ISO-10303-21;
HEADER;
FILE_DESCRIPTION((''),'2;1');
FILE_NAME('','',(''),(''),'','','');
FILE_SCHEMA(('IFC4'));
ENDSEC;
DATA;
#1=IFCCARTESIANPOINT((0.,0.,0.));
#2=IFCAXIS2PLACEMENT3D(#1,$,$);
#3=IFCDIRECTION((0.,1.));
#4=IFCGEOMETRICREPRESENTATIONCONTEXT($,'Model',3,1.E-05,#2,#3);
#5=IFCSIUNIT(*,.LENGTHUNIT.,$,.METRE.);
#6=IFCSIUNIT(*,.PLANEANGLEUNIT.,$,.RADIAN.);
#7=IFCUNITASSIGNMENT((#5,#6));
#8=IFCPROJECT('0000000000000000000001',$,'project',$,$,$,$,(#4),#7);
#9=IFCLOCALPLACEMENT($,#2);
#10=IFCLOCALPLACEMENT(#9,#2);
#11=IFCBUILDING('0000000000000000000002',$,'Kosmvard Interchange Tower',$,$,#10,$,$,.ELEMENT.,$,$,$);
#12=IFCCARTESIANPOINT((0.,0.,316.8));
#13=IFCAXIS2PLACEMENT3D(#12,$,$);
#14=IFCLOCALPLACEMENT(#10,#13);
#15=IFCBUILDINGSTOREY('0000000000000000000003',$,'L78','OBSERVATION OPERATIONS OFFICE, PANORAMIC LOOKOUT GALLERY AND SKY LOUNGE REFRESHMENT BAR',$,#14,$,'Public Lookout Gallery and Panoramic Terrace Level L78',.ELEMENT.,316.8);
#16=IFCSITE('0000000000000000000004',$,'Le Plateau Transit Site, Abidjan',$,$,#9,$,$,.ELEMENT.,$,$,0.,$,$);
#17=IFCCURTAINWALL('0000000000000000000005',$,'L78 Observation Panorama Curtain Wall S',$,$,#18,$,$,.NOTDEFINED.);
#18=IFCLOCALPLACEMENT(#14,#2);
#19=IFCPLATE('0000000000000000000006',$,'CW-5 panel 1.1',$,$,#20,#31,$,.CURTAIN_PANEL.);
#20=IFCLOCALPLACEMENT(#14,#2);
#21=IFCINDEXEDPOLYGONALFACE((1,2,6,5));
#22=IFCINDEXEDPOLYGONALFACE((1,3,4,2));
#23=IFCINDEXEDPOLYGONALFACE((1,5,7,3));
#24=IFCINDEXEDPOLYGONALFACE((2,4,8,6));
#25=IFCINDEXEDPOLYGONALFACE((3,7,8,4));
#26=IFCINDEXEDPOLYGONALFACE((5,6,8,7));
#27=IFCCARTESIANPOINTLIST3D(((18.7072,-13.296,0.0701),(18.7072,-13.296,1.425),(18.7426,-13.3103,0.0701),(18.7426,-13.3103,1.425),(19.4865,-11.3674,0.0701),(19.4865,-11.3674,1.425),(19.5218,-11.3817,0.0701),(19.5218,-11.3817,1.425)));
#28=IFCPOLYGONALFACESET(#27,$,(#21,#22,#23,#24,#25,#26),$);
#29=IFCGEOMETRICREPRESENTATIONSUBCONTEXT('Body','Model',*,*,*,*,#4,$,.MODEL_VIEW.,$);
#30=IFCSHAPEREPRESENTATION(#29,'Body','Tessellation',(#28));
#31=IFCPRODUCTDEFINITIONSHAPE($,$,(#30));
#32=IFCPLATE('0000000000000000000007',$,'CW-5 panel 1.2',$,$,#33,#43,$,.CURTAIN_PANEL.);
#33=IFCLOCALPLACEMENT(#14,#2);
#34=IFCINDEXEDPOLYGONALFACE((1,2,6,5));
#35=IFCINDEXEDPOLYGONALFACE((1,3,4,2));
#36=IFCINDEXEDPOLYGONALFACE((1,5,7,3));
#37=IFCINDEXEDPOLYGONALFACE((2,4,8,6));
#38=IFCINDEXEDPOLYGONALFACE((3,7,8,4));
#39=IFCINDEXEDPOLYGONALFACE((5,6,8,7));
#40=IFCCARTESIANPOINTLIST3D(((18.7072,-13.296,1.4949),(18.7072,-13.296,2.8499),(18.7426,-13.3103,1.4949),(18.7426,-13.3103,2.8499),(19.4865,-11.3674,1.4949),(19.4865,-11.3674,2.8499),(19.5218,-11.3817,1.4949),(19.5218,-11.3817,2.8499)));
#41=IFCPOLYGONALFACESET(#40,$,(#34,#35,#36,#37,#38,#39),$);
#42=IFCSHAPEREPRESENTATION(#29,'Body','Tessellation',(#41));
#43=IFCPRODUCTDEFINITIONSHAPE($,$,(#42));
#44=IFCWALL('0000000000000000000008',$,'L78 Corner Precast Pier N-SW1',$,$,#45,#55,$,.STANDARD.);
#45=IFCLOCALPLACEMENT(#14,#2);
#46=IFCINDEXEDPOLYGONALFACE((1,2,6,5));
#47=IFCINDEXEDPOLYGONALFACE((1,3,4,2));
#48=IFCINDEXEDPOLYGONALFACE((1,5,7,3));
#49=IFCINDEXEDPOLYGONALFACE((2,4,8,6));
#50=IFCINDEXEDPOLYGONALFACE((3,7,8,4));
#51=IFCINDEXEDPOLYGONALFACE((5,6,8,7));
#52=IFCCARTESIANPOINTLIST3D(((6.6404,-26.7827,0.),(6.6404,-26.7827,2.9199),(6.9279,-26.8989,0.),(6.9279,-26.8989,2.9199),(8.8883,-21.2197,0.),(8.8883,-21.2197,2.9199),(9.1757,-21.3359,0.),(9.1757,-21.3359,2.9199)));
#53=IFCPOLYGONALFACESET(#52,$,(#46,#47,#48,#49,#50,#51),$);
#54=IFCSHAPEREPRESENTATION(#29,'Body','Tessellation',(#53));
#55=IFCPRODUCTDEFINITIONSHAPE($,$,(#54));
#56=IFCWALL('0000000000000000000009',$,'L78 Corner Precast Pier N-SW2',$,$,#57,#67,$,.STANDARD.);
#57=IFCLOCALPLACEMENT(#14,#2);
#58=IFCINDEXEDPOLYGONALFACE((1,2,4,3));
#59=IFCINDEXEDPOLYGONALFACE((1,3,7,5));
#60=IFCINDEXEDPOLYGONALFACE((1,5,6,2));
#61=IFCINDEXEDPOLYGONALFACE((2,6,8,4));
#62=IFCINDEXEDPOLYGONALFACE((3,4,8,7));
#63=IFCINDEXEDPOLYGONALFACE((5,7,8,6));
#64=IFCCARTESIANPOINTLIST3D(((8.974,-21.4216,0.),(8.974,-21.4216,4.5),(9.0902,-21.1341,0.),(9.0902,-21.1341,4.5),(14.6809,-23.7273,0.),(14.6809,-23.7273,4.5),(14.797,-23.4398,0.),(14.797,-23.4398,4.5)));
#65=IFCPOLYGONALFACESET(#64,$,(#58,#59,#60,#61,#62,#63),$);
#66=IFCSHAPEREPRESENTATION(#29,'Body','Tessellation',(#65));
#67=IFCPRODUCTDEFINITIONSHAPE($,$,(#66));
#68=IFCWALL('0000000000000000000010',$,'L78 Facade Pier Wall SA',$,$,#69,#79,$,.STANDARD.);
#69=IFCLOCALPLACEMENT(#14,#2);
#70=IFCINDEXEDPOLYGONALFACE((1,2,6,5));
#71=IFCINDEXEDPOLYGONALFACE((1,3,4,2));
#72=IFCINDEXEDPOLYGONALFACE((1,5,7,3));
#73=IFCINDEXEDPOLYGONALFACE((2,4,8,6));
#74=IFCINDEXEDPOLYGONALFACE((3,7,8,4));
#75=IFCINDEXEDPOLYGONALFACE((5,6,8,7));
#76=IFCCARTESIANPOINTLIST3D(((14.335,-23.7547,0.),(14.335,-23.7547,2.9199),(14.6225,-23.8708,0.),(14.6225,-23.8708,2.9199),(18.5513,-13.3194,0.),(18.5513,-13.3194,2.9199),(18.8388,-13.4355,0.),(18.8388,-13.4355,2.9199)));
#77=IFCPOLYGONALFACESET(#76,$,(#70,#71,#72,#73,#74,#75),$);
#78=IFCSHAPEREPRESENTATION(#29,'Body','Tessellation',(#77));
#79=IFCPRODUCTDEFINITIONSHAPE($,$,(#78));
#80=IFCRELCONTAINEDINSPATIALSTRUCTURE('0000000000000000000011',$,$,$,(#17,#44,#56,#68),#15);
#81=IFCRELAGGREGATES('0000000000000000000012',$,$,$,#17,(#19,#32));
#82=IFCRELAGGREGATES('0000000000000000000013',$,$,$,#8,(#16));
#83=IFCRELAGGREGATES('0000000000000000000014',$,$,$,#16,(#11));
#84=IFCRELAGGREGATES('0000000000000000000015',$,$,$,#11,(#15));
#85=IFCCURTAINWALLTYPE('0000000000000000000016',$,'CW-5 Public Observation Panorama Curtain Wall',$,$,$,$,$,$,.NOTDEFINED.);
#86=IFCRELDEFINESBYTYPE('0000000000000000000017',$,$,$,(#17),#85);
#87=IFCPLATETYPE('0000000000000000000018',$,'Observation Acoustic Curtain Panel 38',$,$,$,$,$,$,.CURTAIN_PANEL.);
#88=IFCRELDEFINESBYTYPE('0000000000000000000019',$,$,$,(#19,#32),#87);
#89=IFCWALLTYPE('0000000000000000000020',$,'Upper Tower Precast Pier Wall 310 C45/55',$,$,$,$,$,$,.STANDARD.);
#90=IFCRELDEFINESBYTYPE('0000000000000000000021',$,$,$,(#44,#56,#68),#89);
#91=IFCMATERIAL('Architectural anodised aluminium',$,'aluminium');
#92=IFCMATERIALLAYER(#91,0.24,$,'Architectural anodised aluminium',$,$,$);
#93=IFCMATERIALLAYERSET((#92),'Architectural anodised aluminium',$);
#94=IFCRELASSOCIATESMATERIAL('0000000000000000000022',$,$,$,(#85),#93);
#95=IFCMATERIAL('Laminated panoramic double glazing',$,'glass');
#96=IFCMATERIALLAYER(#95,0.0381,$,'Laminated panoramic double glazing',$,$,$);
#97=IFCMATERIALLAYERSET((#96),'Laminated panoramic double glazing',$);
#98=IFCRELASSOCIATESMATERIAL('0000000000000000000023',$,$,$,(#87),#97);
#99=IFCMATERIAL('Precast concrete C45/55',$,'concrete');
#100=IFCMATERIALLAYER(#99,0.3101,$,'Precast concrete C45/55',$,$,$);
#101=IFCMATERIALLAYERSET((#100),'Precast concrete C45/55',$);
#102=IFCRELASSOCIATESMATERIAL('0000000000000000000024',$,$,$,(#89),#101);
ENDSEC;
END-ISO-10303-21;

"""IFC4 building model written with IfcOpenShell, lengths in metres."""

from ifc_helpers import new_model, si_unit, direction, frame, frame_2d, origin, origin_2d, place, context, subcontext, project, spatial, rectangle, extrude, source, transform, mapped, material, layer, layer_set, type_object, element, aggregate, save


model = new_model("IFC4")

# Units and contexts
model_context = context("Model", 3, precision=1e-05, world=origin(), true_north=direction((0.0, 1.0)))
body_context = subcontext(model_context, "Body", "Model", "MODEL_VIEW")
ifc_project = project(units=[si_unit("LENGTHUNIT", "METRE"), si_unit("PLANEANGLEUNIT", "RADIAN")], contexts=[model_context])

# Site, building, storey
site_placement = place(None, origin())
site = spatial("IfcSite", under=ifc_project, at=site_placement, Name="Le Plateau Transit Site, Abidjan", CompositionType="ELEMENT", RefElevation=0.0)
building_placement = place(site_placement, origin())
building = spatial("IfcBuilding", under=site, at=building_placement, Name="Kosmvard Interchange Tower", CompositionType="ELEMENT")
storey_placement = place(building_placement, frame((0.0, 0.0, 316.8)))
storey = spatial("IfcBuildingStorey", under=building, at=storey_placement, Name="L78", Description="OBSERVATION OPERATIONS OFFICE, PANORAMIC LOOKOUT GALLERY AND SKY LOUNGE REFRESHMENT BAR", LongName="Public Lookout Gallery and Panoramic Terrace Level L78", CompositionType="ELEMENT", Elevation=316.8)

# Shared definitions
ifc_material_1 = material(Name="Precast concrete C45/55", Category="concrete")

# Curtain wall, plates
ifc_material_2 = material(Name="Architectural anodised aluminium", Category="aluminium")
ifc_layer_1 = layer(ifc_material_2, 0.24, Name="Architectural anodised aluminium")
ifc_layer_set_1 = layer_set([ifc_layer_1], Name="Architectural anodised aluminium")
curtain_wall_type = type_object("IfcCurtainWallType", Name="CW-5 Public Observation Panorama Curtain Wall", PredefinedType="NOTDEFINED", material=ifc_layer_set_1)
curtain_wall_placement = place(storey_placement, origin())
curtain_wall = element("IfcCurtainWall", 1, at=curtain_wall_placement, inside=storey, type_object=curtain_wall_type, Name="L78 Observation Panorama Curtain Wall S", PredefinedType="NOTDEFINED")
ifc_material_3 = material(Name="Laminated panoramic double glazing", Category="glass")
ifc_layer_2 = layer(ifc_material_3, 0.0381, Name="Laminated panoramic double glazing")
ifc_layer_set_2 = layer_set([ifc_layer_2], Name="Laminated panoramic double glazing")
plate_type = type_object("IfcPlateType", Name="Observation Acoustic Curtain Panel 38", PredefinedType="CURTAIN_PANEL", material=ifc_layer_set_2)
shared_shape_1 = source(origin(), body_context, "Body", "SweptSolid", [
    extrude(rectangle(XDim=2.0801, YDim=0.0381, at=origin_2d()), origin(), (0.0, 0.0, 1.0), 1.355),
])
plate_1_placement = place(storey_placement, frame((19.1145, -12.3389, 0.0701), z_axis=(0.0, 0.0, 1.0), x_axis=(0.374607, 0.927184, 0.0)))
plate_1 = element("IfcPlate", 2, at=plate_1_placement, type_object=plate_type, Name="CW-5 panel 1.1", PredefinedType="CURTAIN_PANEL", context=body_context, shape_type="MappedRepresentation", body=[
    mapped(shared_shape_1, transform((0.0, 0.0, 0.0), scale=1.0)),
])
plate_2_placement = place(storey_placement, frame((19.1145, -12.3389, 1.4949), z_axis=(0.0, 0.0, 1.0), x_axis=(0.374607, 0.927184, 0.0)))
plate_2 = element("IfcPlate", 3, at=plate_2_placement, type_object=plate_type, Name="CW-5 panel 1.2", PredefinedType="CURTAIN_PANEL", context=body_context, shape_type="MappedRepresentation", body=[
    mapped(shared_shape_1, transform((0.0, 0.0, 0.0), scale=1.0)),
])
aggregate(curtain_wall, [plate_1, plate_2])

# Walls
ifc_layer_3 = layer(ifc_material_1, 0.3101, Name="Precast concrete C45/55")
ifc_layer_set_3 = layer_set([ifc_layer_3], Name="Precast concrete C45/55")
wall_type = type_object("IfcWallType", Name="Upper Tower Precast Pier Wall 310 C45/55", PredefinedType="STANDARD", material=ifc_layer_set_3)
wall_1_placement = place(storey_placement, frame((6.7842, -26.8408, 0.0), z_axis=(0.0, 0.0, 1.0), x_axis=(0.374637, 0.927172, 0.0)))
element("IfcWall", 4, at=wall_1_placement, inside=storey, type_object=wall_type, Name="L78 Corner Precast Pier N-SW1", PredefinedType="STANDARD", context=body_context, shape_type="SweptSolid", body=[
    extrude(rectangle(XDim=6.0, YDim=0.3101, at=frame_2d((3.0, 0.0))), origin(), (0.0, 0.0, 1.0), 2.9199),
])
wall_2_placement = place(storey_placement, frame((9.032, -21.2778, 0.0), z_axis=(0.0, 0.0, 1.0), x_axis=(0.927185, -0.374603, 0.0)))
element("IfcWall", 5, at=wall_2_placement, inside=storey, type_object=wall_type, Name="L78 Corner Precast Pier N-SW2", PredefinedType="STANDARD", context=body_context, shape_type="SweptSolid", body=[
    extrude(rectangle(XDim=6.155, YDim=0.3101, at=frame_2d((3.0776, 0.0))), origin(), (0.0, 0.0, 1.0), 4.5),
])
wall_3_placement = place(storey_placement, frame((14.4788, -23.8127, 0.0), z_axis=(0.0, 0.0, 1.0), x_axis=(0.37462, 0.927179, 0.0)))
element("IfcWall", 6, at=wall_3_placement, inside=storey, type_object=wall_type, Name="L78 Facade Pier Wall SA", PredefinedType="STANDARD", context=body_context, shape_type="SweptSolid", body=[
    extrude(rectangle(XDim=11.2549, YDim=0.3101, at=frame_2d((5.6274, 0.0))), origin(), (0.0, 0.0, 1.0), 2.9199),
])

save(model, "model.ifc")
